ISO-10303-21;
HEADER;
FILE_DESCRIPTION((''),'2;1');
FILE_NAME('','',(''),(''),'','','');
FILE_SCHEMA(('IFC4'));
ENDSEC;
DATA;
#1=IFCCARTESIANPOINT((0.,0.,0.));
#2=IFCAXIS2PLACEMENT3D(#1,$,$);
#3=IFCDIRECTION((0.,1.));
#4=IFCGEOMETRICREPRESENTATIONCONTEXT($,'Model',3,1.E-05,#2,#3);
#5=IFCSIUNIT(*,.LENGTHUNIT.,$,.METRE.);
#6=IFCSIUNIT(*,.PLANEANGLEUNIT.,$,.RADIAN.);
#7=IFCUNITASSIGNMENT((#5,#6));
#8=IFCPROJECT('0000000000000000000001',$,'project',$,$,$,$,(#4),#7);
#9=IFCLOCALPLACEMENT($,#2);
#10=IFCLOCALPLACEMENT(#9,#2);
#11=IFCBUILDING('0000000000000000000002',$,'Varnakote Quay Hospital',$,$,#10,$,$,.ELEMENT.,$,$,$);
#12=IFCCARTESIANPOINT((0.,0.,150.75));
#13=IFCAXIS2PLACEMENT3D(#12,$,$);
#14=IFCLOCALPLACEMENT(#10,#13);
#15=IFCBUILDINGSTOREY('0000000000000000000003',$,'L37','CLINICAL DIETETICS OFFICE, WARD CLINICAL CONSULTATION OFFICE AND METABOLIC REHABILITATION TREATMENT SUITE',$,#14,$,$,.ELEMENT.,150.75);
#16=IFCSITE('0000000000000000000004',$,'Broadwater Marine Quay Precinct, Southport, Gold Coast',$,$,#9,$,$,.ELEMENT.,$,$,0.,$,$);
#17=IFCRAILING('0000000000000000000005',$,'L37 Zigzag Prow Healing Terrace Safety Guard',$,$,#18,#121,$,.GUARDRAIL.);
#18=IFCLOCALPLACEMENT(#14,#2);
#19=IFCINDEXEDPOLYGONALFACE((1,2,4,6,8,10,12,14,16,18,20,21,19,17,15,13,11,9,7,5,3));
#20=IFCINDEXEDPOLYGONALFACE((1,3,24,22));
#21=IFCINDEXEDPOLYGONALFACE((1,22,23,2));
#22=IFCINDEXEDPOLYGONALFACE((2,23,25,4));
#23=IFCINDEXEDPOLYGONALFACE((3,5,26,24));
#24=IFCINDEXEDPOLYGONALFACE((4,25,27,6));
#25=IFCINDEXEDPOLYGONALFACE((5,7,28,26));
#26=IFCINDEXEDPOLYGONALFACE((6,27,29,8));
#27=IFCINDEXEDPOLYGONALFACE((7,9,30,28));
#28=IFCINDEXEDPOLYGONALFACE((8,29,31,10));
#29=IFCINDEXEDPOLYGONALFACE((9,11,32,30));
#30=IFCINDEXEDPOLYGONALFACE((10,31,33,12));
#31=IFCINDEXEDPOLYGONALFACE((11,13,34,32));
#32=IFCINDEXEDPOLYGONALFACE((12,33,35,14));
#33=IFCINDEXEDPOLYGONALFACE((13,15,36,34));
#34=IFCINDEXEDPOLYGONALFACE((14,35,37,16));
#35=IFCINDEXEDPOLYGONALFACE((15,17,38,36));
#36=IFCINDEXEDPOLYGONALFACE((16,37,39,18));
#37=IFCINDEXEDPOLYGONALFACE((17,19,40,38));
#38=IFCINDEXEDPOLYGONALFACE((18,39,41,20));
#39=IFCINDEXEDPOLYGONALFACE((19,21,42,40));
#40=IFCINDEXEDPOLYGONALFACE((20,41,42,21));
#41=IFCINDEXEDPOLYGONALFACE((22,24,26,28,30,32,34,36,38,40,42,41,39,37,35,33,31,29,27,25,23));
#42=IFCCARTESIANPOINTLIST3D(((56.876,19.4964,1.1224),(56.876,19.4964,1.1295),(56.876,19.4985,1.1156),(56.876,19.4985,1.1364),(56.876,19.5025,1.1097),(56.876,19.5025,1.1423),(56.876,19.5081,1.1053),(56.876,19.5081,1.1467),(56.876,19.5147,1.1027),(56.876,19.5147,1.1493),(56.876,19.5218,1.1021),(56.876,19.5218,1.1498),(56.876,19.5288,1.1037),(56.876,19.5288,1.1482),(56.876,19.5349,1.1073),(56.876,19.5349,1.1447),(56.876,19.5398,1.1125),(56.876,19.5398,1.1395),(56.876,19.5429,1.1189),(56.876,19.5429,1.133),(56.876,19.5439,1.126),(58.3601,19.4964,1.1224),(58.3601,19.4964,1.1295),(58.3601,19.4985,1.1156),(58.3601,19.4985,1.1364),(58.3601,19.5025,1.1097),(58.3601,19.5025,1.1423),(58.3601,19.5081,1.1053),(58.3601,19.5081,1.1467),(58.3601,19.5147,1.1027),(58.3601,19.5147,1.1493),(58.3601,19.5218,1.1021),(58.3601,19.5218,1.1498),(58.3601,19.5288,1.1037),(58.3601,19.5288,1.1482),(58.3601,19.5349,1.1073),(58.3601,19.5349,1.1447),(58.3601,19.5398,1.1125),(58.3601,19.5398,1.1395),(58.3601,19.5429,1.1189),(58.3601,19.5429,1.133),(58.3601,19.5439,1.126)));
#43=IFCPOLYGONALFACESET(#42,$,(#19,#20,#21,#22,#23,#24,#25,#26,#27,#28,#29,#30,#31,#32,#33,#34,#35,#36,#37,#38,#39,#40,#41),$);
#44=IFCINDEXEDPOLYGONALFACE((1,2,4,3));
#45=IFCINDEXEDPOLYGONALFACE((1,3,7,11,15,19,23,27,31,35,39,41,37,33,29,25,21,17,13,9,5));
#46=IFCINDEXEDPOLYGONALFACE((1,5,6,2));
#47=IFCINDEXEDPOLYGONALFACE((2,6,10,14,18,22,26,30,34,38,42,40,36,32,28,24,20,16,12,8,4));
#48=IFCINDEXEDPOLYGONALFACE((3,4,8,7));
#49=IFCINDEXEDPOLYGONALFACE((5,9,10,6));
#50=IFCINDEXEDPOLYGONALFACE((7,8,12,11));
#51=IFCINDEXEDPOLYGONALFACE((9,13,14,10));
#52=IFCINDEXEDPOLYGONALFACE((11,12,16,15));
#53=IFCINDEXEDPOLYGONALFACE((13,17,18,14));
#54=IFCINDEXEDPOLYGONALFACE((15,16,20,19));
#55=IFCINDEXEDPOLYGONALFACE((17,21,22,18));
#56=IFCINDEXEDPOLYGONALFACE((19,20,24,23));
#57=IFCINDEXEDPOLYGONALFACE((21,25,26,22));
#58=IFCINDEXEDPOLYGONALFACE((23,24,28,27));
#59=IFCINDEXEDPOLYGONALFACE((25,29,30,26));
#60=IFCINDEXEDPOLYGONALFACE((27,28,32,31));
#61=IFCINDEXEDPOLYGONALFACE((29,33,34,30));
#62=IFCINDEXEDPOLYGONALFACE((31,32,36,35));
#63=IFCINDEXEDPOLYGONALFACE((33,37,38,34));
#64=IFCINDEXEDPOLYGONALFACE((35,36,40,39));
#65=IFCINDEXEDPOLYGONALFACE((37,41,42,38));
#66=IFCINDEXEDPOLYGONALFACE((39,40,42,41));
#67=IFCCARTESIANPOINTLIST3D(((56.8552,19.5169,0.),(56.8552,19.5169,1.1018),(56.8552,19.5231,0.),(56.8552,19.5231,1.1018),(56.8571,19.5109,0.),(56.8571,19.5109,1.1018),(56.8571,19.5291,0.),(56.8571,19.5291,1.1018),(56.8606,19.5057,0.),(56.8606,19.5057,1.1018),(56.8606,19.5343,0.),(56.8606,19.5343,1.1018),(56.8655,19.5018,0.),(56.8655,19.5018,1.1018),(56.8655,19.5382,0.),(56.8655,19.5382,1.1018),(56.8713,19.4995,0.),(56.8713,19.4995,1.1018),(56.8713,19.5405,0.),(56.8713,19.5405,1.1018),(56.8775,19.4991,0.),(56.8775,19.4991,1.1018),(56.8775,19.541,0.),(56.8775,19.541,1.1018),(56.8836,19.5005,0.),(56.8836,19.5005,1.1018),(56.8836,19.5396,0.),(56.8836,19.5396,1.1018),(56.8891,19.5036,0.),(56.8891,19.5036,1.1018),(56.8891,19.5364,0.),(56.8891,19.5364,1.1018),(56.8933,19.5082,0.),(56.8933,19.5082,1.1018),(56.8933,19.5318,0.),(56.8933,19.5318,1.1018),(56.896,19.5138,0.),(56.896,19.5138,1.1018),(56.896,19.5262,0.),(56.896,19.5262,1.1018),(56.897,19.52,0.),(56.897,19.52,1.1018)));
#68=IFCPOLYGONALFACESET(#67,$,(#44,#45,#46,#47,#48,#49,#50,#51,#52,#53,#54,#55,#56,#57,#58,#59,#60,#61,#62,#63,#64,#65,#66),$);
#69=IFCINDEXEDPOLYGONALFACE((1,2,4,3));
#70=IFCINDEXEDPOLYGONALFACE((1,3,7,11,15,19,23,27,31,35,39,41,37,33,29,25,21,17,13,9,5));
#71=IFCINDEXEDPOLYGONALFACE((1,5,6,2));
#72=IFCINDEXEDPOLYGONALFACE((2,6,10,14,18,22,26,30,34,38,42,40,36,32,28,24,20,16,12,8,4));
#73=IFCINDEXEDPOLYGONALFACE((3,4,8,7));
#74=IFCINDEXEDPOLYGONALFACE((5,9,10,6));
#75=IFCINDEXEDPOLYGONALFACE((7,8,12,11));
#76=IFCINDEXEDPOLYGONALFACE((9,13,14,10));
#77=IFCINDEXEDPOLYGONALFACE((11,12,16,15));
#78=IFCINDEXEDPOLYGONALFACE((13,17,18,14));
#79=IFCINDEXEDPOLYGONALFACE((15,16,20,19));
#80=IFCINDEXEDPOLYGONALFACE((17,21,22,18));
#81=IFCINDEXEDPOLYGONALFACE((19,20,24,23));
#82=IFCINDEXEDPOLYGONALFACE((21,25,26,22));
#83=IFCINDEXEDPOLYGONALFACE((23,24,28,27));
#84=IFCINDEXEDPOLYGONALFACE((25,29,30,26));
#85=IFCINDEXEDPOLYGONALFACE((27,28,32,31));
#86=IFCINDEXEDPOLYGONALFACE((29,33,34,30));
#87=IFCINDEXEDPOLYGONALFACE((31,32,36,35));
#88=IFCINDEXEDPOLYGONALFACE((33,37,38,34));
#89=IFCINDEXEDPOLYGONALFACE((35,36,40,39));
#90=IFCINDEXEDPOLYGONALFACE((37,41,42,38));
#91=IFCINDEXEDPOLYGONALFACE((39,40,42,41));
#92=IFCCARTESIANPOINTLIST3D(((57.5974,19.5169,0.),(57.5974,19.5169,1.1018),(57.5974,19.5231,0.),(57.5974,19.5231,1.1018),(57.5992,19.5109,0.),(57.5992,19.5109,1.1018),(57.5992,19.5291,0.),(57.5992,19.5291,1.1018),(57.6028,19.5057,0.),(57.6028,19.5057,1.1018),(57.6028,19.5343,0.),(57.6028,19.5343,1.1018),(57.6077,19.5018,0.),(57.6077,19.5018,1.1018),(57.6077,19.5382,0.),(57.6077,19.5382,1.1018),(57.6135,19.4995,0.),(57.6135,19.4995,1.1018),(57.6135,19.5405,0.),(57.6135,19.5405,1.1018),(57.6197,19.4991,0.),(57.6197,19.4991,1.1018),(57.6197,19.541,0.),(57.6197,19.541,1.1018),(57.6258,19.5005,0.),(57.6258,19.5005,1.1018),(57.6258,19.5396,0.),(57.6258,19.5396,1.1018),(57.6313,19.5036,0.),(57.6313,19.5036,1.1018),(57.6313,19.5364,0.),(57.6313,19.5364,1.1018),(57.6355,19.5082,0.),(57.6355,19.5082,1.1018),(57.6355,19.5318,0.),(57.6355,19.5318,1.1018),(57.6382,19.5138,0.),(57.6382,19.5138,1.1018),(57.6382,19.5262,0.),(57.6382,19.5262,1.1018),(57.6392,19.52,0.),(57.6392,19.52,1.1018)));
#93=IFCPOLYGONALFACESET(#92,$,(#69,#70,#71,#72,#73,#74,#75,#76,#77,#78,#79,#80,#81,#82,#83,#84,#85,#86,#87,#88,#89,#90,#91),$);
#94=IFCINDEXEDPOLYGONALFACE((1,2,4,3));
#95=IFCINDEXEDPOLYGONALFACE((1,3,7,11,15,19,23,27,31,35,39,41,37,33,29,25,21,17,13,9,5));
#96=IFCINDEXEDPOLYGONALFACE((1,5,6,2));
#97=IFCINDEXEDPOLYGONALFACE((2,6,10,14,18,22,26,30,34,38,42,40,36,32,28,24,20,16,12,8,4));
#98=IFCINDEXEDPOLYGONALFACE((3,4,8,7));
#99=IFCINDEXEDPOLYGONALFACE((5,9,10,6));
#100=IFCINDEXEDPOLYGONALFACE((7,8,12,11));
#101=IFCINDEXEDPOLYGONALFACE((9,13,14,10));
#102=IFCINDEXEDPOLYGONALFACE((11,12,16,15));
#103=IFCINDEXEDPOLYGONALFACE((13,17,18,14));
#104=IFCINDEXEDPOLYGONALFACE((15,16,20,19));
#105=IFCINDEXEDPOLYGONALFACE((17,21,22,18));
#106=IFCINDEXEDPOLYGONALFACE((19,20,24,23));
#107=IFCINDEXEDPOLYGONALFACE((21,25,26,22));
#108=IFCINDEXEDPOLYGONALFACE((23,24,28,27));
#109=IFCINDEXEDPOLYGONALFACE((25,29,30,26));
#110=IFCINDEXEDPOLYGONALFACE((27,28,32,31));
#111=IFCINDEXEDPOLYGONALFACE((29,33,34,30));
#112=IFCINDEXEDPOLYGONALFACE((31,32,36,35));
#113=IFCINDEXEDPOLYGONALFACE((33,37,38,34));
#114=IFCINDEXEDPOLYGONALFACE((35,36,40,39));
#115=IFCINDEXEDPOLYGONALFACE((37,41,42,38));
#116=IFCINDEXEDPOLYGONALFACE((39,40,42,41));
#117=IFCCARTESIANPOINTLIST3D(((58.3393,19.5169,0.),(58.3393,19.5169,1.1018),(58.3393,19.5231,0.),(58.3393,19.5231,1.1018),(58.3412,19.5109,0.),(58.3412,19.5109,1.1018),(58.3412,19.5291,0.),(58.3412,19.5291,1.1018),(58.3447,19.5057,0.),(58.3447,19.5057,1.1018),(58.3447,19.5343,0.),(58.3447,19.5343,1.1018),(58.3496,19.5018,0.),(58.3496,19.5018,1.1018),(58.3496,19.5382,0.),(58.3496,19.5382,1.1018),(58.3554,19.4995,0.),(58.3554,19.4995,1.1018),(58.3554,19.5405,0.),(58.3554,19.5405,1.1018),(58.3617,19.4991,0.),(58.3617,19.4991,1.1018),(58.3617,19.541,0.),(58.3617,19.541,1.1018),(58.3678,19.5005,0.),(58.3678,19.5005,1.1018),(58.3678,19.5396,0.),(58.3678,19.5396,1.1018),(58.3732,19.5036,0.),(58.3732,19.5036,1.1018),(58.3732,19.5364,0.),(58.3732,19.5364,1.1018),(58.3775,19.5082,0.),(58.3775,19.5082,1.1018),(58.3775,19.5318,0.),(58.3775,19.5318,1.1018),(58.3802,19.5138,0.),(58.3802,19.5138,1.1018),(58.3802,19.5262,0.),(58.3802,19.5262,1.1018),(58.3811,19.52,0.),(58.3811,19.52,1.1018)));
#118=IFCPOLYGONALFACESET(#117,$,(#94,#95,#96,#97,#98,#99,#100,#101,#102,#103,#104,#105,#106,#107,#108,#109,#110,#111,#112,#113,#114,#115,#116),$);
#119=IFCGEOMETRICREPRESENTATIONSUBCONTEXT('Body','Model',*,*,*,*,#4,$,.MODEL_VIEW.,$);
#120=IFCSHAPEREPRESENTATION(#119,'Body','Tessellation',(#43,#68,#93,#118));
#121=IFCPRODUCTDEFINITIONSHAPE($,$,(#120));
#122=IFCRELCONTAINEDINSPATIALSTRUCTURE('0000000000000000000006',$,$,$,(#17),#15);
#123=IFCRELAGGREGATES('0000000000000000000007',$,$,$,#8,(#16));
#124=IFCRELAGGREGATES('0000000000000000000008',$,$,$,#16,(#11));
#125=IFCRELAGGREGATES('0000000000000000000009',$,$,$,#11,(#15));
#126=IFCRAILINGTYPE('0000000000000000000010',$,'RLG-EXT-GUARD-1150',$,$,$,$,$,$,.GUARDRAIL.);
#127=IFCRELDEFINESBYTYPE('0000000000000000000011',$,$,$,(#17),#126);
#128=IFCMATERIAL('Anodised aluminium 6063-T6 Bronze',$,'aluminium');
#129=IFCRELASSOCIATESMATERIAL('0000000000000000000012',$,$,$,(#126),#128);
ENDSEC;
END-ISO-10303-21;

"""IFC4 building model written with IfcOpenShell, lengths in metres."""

from ifc_helpers import new_model, si_unit, direction, frame, origin, origin_2d, place, context, subcontext, project, spatial, circle, extrude, material, type_object, element, save


model = new_model("IFC4")

# Units and contexts
model_context = context("Model", 3, precision=1e-05, world=origin(), true_north=direction((0.0, 1.0)))
body_context = subcontext(model_context, "Body", "Model", "MODEL_VIEW")
ifc_project = project(units=[si_unit("LENGTHUNIT", "METRE"), si_unit("PLANEANGLEUNIT", "RADIAN")], contexts=[model_context])

# Site, building, storey
site_placement = place(None, origin())
site = spatial("IfcSite", under=ifc_project, at=site_placement, Name="Broadwater Marine Quay Precinct, Southport, Gold Coast", CompositionType="ELEMENT", RefElevation=0.0)
building_placement = place(site_placement, origin())
building = spatial("IfcBuilding", under=site, at=building_placement, Name="Varnakote Quay Hospital", CompositionType="ELEMENT")
storey_placement = place(building_placement, frame((0.0, 0.0, 150.75)))
storey = spatial("IfcBuildingStorey", under=building, at=storey_placement, Name="L37", Description="CLINICAL DIETETICS OFFICE, WARD CLINICAL CONSULTATION OFFICE AND METABOLIC REHABILITATION TREATMENT SUITE", CompositionType="ELEMENT", Elevation=150.75)

# Railing
ifc_material_1 = material(Name="Anodised aluminium 6063-T6 Bronze", Category="aluminium")
railing_type = type_object("IfcRailingType", Name="RLG-EXT-GUARD-1150", PredefinedType="GUARDRAIL", material=ifc_material_1)
railing_1_placement = place(storey_placement, frame((56.876, 19.52, 0.0)))
element("IfcRailing", 1, at=railing_1_placement, inside=storey, type_object=railing_type, Name="L37 Zigzag Prow Healing Terrace Safety Guard", PredefinedType="GUARDRAIL", context=body_context, shape_type="SweptSolid", body=[
    extrude(circle(Radius=0.0239, at=origin_2d()), frame((0.0, 0.0, 1.126), z_axis=(1.0, 0.0, 0.0), x_axis=(0.0, 1.0, 0.0)), (0.0, 0.0, 1.0), 1.4841),
    extrude(circle(Radius=0.021, at=origin_2d()), origin(), (0.0, 0.0, 1.0), 1.1018),
    extrude(circle(Radius=0.021, at=origin_2d()), frame((0.7422, 0.0, 0.0)), (0.0, 0.0, 1.0), 1.1018),
    extrude(circle(Radius=0.021, at=origin_2d()), frame((1.4841, 0.0, 0.0)), (0.0, 0.0, 1.0), 1.1018),
])

save(model, "model.ifc")
